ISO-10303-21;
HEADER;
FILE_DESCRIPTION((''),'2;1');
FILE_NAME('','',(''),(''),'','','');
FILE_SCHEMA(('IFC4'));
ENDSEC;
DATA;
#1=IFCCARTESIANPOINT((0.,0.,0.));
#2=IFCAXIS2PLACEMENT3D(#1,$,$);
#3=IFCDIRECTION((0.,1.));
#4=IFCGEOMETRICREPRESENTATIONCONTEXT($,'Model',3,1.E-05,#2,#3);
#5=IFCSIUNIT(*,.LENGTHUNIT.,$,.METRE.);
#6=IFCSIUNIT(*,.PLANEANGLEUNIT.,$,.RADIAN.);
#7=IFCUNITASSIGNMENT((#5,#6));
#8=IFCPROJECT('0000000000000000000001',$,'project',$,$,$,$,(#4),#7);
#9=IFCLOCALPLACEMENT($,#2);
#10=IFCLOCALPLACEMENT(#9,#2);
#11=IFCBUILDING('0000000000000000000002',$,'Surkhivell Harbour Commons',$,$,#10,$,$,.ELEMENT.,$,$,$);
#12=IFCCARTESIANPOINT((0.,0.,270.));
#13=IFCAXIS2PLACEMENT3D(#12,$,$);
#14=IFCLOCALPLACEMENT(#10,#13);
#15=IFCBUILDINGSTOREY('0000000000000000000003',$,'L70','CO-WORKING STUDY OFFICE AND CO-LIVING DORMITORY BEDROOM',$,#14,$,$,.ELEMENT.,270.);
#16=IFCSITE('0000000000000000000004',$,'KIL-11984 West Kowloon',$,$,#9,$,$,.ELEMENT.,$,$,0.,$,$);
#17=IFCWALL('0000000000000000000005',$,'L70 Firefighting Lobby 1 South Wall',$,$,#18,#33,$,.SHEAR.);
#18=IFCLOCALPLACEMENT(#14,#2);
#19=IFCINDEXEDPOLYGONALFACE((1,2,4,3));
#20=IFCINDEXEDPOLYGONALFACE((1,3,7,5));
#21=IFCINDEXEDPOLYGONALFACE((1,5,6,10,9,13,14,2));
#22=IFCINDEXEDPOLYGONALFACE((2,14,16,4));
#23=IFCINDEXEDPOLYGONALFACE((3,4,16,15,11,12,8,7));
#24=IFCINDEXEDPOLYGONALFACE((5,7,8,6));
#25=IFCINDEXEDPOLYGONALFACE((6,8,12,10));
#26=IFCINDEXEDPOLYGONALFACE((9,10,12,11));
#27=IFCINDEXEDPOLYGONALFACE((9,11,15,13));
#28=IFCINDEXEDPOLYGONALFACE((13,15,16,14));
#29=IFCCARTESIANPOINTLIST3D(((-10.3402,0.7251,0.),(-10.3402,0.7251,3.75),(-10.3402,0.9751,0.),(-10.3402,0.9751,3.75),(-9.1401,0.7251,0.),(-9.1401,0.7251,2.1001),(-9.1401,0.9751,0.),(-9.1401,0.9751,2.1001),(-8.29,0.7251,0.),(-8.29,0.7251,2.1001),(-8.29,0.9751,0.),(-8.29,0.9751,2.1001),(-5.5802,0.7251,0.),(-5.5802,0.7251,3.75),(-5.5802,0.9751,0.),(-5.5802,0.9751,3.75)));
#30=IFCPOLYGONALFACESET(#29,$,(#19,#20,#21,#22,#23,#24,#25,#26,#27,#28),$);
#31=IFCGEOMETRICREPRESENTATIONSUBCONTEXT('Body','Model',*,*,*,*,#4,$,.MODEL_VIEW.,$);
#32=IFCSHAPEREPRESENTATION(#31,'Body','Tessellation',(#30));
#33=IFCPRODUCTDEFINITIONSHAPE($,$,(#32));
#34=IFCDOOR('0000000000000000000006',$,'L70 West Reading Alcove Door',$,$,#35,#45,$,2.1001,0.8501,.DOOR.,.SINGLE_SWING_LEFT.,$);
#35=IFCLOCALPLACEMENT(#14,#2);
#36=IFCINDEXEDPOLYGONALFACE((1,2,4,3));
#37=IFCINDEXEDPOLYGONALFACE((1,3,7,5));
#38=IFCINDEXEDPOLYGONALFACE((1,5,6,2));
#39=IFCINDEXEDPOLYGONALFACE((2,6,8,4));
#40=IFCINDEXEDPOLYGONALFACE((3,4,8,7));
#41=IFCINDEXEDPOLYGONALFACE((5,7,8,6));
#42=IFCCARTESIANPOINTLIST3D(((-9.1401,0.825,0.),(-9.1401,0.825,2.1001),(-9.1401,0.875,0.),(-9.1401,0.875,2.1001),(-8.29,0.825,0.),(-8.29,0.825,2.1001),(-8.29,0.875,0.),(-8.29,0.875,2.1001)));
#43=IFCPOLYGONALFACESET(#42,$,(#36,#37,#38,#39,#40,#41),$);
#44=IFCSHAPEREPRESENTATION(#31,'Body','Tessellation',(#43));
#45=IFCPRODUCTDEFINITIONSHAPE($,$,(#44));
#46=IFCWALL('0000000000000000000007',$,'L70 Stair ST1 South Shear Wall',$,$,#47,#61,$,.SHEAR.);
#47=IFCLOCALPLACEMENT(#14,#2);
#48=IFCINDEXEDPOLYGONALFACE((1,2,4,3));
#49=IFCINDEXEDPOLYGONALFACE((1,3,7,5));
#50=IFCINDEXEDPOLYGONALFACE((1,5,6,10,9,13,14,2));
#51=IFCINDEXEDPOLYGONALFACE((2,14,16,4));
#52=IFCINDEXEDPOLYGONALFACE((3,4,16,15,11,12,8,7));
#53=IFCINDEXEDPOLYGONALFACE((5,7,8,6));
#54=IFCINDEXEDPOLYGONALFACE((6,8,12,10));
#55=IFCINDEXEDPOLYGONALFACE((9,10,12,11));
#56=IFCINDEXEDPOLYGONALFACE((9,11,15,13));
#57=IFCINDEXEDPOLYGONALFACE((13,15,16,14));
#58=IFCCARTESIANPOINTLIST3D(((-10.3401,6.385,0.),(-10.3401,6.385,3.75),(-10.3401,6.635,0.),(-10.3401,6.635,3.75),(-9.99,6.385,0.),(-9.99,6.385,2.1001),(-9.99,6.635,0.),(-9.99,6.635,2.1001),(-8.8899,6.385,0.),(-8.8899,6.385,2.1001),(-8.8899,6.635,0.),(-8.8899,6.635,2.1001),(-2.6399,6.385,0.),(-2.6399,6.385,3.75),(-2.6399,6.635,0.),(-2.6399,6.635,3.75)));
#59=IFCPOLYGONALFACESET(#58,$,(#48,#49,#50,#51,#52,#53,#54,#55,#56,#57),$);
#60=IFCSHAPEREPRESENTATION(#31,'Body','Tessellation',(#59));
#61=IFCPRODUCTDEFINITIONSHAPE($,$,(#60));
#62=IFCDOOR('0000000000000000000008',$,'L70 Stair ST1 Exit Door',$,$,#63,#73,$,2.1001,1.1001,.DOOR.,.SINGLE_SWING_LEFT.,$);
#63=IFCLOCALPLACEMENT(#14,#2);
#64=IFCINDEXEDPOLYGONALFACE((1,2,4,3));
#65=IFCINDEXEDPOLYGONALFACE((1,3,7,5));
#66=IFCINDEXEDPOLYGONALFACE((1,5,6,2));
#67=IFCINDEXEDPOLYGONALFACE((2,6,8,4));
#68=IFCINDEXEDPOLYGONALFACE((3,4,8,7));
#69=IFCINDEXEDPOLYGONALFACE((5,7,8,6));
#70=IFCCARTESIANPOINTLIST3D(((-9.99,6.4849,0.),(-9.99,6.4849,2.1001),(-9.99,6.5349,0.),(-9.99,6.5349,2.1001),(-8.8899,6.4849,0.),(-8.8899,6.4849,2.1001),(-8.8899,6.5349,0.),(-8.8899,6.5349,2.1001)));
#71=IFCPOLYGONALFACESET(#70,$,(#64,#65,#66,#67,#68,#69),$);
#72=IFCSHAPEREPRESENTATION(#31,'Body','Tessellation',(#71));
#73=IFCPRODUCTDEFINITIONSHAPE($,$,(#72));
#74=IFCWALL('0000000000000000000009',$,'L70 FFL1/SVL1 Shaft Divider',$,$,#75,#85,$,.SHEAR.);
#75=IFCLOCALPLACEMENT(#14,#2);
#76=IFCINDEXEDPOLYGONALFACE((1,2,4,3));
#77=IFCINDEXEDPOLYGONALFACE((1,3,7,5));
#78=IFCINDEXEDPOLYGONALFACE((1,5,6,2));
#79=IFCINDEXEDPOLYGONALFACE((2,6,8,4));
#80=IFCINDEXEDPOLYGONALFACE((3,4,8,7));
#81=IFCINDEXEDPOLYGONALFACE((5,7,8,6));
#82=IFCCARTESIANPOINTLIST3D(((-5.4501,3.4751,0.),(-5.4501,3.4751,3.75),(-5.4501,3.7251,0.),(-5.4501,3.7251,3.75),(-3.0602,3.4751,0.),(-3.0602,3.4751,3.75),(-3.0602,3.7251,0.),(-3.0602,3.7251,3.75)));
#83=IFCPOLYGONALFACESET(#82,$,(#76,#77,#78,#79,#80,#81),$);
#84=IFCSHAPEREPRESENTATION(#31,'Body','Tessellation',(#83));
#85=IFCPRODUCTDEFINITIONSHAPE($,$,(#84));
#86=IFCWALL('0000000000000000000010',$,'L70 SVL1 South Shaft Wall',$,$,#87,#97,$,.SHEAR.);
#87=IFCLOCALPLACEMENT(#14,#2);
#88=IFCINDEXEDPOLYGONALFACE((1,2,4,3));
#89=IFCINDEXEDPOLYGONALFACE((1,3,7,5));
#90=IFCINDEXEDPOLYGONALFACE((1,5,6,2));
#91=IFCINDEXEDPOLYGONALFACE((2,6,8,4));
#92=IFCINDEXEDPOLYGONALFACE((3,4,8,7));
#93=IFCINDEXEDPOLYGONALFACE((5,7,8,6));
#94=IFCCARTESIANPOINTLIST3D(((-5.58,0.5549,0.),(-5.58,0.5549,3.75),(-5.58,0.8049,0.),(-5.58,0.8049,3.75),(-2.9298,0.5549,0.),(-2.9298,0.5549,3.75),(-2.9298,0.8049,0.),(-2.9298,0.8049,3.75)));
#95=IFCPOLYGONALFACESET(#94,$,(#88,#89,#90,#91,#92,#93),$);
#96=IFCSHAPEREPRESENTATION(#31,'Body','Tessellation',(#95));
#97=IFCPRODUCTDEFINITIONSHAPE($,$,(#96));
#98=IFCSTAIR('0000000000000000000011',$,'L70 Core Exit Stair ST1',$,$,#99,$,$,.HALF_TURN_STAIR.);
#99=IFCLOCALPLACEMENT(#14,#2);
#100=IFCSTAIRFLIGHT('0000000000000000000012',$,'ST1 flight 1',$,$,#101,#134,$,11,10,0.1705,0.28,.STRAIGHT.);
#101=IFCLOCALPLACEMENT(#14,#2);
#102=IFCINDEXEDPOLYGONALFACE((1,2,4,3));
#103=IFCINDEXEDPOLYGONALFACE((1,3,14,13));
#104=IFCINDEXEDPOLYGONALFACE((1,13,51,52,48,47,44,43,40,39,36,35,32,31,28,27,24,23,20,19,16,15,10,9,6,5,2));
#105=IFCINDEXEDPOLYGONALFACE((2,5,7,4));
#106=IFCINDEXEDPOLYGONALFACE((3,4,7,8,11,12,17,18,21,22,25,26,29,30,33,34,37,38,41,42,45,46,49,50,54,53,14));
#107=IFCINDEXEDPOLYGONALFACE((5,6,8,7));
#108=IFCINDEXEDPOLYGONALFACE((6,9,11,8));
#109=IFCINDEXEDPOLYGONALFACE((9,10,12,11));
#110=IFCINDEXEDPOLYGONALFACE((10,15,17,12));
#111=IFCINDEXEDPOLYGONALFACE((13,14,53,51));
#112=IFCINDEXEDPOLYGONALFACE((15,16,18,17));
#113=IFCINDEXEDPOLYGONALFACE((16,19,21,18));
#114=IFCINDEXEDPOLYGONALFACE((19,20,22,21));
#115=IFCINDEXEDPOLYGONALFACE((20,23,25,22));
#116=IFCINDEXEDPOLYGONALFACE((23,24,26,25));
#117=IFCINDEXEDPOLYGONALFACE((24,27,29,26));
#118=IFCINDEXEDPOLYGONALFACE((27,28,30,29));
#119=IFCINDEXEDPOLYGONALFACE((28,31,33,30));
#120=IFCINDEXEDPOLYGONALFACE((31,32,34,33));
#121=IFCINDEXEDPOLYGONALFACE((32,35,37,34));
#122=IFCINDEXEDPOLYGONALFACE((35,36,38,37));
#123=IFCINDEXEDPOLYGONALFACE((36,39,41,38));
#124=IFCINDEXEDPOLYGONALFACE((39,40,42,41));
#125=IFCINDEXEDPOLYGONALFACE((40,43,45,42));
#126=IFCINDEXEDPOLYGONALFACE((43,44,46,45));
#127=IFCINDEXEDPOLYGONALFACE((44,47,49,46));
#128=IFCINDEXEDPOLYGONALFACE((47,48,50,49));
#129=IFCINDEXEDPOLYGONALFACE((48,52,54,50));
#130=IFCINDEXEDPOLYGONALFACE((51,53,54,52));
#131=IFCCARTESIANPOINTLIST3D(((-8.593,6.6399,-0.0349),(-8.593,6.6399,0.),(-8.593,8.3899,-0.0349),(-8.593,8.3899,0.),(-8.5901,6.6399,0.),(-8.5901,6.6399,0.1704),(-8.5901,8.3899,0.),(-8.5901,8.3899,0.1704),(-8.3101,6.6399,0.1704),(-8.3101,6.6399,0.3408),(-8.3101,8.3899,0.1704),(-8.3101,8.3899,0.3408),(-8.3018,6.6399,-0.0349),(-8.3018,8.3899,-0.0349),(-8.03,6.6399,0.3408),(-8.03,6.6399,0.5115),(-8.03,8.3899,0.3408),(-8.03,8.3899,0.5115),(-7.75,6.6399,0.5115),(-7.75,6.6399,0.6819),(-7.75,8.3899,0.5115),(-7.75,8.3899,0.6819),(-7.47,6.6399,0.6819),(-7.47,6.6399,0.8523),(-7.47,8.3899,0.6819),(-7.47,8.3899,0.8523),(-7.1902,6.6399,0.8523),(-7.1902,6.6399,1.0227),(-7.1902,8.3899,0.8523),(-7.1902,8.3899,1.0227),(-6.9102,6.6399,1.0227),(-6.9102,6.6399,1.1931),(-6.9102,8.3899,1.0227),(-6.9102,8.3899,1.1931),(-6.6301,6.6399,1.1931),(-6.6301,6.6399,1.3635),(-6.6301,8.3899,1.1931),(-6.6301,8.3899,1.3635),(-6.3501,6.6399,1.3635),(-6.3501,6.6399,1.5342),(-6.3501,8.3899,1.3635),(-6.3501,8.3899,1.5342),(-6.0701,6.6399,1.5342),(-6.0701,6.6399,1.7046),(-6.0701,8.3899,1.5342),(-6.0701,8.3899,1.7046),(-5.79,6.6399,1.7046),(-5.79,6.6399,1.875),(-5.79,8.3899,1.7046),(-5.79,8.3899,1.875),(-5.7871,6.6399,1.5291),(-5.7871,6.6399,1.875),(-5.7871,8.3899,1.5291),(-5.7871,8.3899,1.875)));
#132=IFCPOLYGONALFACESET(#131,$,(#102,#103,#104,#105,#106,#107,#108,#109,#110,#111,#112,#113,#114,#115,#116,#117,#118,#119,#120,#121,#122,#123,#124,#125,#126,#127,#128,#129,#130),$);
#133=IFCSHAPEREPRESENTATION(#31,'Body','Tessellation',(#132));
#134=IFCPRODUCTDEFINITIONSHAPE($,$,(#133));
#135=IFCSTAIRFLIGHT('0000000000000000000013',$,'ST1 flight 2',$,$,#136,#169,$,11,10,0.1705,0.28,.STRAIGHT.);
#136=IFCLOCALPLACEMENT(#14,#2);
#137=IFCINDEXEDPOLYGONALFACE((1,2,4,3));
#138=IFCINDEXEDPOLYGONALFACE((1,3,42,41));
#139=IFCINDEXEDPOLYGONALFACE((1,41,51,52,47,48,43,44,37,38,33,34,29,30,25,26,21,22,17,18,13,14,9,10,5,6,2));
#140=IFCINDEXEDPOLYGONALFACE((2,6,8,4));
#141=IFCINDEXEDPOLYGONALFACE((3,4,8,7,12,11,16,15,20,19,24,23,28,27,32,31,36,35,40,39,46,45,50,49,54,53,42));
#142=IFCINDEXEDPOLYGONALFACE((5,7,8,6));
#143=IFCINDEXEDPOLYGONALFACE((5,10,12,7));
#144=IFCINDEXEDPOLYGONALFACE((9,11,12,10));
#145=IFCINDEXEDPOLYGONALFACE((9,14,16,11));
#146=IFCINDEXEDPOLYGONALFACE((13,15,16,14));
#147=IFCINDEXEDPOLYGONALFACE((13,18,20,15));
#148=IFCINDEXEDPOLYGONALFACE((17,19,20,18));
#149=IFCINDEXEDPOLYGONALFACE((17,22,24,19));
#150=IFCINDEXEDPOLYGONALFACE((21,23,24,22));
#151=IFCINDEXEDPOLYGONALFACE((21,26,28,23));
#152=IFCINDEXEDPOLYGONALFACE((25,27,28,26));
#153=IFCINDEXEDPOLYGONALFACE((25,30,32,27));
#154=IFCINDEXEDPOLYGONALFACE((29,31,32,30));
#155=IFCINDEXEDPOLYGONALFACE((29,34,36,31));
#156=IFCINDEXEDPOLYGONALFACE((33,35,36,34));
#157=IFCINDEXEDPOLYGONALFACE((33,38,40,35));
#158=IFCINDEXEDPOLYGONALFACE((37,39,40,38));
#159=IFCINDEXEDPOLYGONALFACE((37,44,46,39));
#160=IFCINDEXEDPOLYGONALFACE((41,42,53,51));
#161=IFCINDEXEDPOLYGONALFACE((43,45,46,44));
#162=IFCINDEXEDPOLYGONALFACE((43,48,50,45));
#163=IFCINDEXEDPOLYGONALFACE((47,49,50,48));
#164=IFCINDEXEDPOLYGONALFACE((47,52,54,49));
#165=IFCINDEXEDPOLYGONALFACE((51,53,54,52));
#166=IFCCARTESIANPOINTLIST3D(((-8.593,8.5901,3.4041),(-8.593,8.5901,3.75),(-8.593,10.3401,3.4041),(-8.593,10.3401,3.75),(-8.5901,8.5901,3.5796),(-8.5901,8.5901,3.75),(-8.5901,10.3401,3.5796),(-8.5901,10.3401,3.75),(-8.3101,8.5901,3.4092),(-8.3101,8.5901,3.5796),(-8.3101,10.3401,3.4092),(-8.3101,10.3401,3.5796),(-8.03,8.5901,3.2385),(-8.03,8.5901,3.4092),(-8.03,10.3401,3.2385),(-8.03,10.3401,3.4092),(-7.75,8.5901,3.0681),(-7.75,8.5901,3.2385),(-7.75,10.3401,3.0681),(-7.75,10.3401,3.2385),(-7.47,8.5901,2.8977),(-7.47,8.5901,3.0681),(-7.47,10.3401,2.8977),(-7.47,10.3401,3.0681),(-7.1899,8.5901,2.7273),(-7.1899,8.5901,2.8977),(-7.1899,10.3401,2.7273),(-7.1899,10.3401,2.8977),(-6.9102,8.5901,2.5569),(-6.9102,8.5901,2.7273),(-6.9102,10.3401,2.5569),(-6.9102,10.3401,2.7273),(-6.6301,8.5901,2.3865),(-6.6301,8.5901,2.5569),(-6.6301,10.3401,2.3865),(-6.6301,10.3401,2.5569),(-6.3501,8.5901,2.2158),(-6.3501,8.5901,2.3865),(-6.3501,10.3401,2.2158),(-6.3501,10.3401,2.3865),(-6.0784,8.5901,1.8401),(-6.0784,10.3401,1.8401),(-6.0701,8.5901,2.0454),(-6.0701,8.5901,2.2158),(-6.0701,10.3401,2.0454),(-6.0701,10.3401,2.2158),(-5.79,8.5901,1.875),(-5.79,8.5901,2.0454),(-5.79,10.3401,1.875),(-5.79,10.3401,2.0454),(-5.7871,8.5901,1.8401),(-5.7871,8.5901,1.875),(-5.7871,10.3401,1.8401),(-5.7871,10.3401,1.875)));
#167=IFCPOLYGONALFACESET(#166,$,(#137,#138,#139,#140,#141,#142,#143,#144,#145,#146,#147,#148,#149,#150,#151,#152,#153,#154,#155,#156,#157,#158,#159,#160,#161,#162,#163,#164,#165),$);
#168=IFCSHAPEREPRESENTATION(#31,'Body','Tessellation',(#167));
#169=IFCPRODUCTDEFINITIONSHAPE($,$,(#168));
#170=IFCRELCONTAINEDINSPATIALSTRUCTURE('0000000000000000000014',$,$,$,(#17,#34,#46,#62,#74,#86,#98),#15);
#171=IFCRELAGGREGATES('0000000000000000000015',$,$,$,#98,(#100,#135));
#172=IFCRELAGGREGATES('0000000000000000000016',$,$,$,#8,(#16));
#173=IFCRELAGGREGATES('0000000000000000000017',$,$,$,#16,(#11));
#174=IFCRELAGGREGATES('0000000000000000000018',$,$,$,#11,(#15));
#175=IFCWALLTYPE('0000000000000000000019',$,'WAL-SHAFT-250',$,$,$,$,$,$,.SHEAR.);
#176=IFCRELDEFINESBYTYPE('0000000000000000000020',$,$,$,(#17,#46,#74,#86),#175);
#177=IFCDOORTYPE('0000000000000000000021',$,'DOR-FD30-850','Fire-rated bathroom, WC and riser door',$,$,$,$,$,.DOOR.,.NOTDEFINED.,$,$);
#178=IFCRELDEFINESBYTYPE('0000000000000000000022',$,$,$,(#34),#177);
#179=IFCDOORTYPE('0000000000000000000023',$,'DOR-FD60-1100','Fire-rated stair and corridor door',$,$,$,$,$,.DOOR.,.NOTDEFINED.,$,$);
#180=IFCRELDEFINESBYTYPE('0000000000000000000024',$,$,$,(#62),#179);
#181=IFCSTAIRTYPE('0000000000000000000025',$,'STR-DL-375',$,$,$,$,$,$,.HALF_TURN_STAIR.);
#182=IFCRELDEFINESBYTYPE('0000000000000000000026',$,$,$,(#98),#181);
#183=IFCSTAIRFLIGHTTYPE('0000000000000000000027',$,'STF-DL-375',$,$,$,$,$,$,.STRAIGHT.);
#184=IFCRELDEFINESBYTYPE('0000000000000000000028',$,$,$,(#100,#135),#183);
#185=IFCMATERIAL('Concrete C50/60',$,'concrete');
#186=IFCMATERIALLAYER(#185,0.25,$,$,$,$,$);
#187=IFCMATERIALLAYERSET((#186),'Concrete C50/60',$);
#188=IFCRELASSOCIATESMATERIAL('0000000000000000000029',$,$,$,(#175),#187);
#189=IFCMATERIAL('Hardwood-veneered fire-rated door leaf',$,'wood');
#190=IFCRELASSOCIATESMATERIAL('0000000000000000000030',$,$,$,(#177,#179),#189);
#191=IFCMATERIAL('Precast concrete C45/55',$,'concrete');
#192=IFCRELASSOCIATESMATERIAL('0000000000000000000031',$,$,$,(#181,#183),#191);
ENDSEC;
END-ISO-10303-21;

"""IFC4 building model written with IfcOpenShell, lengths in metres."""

from ifc_helpers import new_model, si_unit, direction, frame, frame_2d, origin, place, context, subcontext, project, spatial, polyline, rectangle, outline, extrude, material, layer, layer_set, type_object, element, fill, aggregate, save


model = new_model("IFC4")

# Units and contexts
model_context = context("Model", 3, precision=1e-05, world=origin(), true_north=direction((0.0, 1.0)))
body_context = subcontext(model_context, "Body", "Model", "MODEL_VIEW")
ifc_project = project(units=[si_unit("LENGTHUNIT", "METRE"), si_unit("PLANEANGLEUNIT", "RADIAN")], contexts=[model_context])

# Site, building, storey
site_placement = place(None, origin())
site = spatial("IfcSite", under=ifc_project, at=site_placement, Name="KIL-11984 West Kowloon", CompositionType="ELEMENT", RefElevation=0.0)
building_placement = place(site_placement, origin())
building = spatial("IfcBuilding", under=site, at=building_placement, Name="Surkhivell Harbour Commons", CompositionType="ELEMENT")
storey_placement = place(building_placement, frame((0.0, 0.0, 270.0)))
storey = spatial("IfcBuildingStorey", under=building, at=storey_placement, Name="L70", Description="CO-WORKING STUDY OFFICE AND CO-LIVING DORMITORY BEDROOM", CompositionType="ELEMENT", Elevation=270.0)

# Shared definitions
ifc_material_1 = material(Name="Concrete C50/60", Category="concrete")

# Shared definitions
ifc_material_2 = material(Name="Hardwood-veneered fire-rated door leaf", Category="wood")

# Walls, openings, doors
ifc_layer_1 = layer(ifc_material_1, 0.25)
ifc_layer_set_1 = layer_set([ifc_layer_1], Name="Concrete C50/60")
wall_type_1 = type_object("IfcWallType", Name="WAL-SHAFT-250", PredefinedType="SHEAR", material=ifc_layer_set_1)
wall_1_placement = place(storey_placement, frame((-10.3401, 0.8501, 0.0), z_axis=(0.0, 0.0, 1.0), x_axis=(1.0, 0.0, 0.0)))
wall_1 = element("IfcWall", 1, at=wall_1_placement, inside=storey, type_object=wall_type_1, Name="L70 Firefighting Lobby 1 South Wall", PredefinedType="SHEAR", context=body_context, shape_type="SweptSolid", body=[
    extrude(rectangle(XDim=4.76, YDim=0.25, at=frame_2d((2.3799, 0.0))), origin(), (0.0, 0.0, 1.0), 3.75),
])
opening_1_placement = place(wall_1_placement, frame((1.2, 0.0, 0.0)))
opening_1 = element("IfcOpeningElement", 2, at=opening_1_placement, cuts=wall_1, PredefinedType="OPENING", context=body_context, shape_type="SweptSolid", body=[
    extrude(rectangle(XDim=0.8501, YDim=2.1001, at=frame_2d((0.425, 1.05))), frame((0.0, 0.135, 0.0), z_axis=(0.0, -1.0, 0.0), x_axis=(1.0, 0.0, 0.0)), (0.0, 0.0, 1.0), 0.27),
])
door_type_1 = type_object("IfcDoorType", Name="DOR-FD30-850", Description="Fire-rated bathroom, WC and riser door", OperationType="NOTDEFINED", PredefinedType="DOOR", material=ifc_material_2)
door_1_placement = place(opening_1_placement, origin())
door_1 = element("IfcDoor", 3, at=door_1_placement, inside=storey, type_object=door_type_1, Name="L70 West Reading Alcove Door", OperationType="SINGLE_SWING_LEFT", OverallHeight=2.1001, OverallWidth=0.8501, PredefinedType="DOOR", context=body_context, shape_type="SweptSolid", body=[
    extrude(rectangle(XDim=0.8501, YDim=2.1001, at=frame_2d((0.425, 1.05))), frame((0.0, 0.0249, 0.0), z_axis=(0.0, -1.0, 0.0), x_axis=(1.0, 0.0, 0.0)), (0.0, 0.0, 1.0), 0.05),
])
fill(opening_1, door_1)
wall_2_placement = place(storey_placement, frame((-10.3401, 6.51, 0.0), z_axis=(0.0, 0.0, 1.0), x_axis=(1.0, 0.0, 0.0)))
wall_2 = element("IfcWall", 4, at=wall_2_placement, inside=storey, type_object=wall_type_1, Name="L70 Stair ST1 South Shear Wall", PredefinedType="SHEAR", context=body_context, shape_type="SweptSolid", body=[
    extrude(rectangle(XDim=7.7002, YDim=0.25, at=frame_2d((3.8501, 0.0))), origin(), (0.0, 0.0, 1.0), 3.75),
])
opening_2_placement = place(wall_2_placement, frame((0.3501, 0.0, 0.0)))
opening_2 = element("IfcOpeningElement", 5, at=opening_2_placement, cuts=wall_2, PredefinedType="OPENING", context=body_context, shape_type="SweptSolid", body=[
    extrude(rectangle(XDim=1.1001, YDim=2.1001, at=frame_2d((0.55, 1.05))), frame((0.0, 0.135, 0.0), z_axis=(0.0, -1.0, 0.0), x_axis=(1.0, 0.0, 0.0)), (0.0, 0.0, 1.0), 0.27),
])
door_type_2 = type_object("IfcDoorType", Name="DOR-FD60-1100", Description="Fire-rated stair and corridor door", OperationType="NOTDEFINED", PredefinedType="DOOR", material=ifc_material_2)
door_2_placement = place(opening_2_placement, origin())
door_2 = element("IfcDoor", 6, at=door_2_placement, inside=storey, type_object=door_type_2, Name="L70 Stair ST1 Exit Door", OperationType="SINGLE_SWING_LEFT", OverallHeight=2.1001, OverallWidth=1.1001, PredefinedType="DOOR", context=body_context, shape_type="SweptSolid", body=[
    extrude(rectangle(XDim=1.1001, YDim=2.1001, at=frame_2d((0.55, 1.05))), frame((0.0, 0.0249, 0.0), z_axis=(0.0, -1.0, 0.0), x_axis=(1.0, 0.0, 0.0)), (0.0, 0.0, 1.0), 0.05),
])
fill(opening_2, door_2)

# Walls
wall_3_placement = place(storey_placement, frame((-5.45, 3.6001, 0.0), z_axis=(0.0, 0.0, 1.0), x_axis=(1.0, 0.0, 0.0)))
element("IfcWall", 7, at=wall_3_placement, inside=storey, type_object=wall_type_1, Name="L70 FFL1/SVL1 Shaft Divider", PredefinedType="SHEAR", context=body_context, shape_type="SweptSolid", body=[
    extrude(rectangle(XDim=2.3899, YDim=0.25, at=frame_2d((1.1948, 0.0))), origin(), (0.0, 0.0, 1.0), 3.75),
])
wall_4_placement = place(storey_placement, frame((-5.5801, 0.6799, 0.0), z_axis=(0.0, 0.0, 1.0), x_axis=(1.0, 0.0, 0.0)))
element("IfcWall", 8, at=wall_4_placement, inside=storey, type_object=wall_type_1, Name="L70 SVL1 South Shaft Wall", PredefinedType="SHEAR", context=body_context, shape_type="SweptSolid", body=[
    extrude(rectangle(XDim=2.6501, YDim=0.25, at=frame_2d((1.3252, 0.0))), origin(), (0.0, 0.0, 1.0), 3.75),
])

# Stair, stair flights
ifc_material_3 = material(Name="Precast concrete C45/55", Category="concrete")
stair_type = type_object("IfcStairType", Name="STR-DL-375", PredefinedType="HALF_TURN_STAIR", material=ifc_material_3)
stair_placement = place(storey_placement, origin())
stair = element("IfcStair", 9, at=stair_placement, inside=storey, type_object=stair_type, Name="L70 Core Exit Stair ST1", PredefinedType="HALF_TURN_STAIR")
stair_flight_type = type_object("IfcStairFlightType", Name="STF-DL-375", PredefinedType="STRAIGHT", material=ifc_material_3)
stair_flight_1_placement = place(storey_placement, frame((-8.5901, 7.5149, 0.0), z_axis=(0.0, 0.0, 1.0), x_axis=(1.0, 0.0, 0.0)))
stair_flight_1 = element("IfcStairFlight", 10, at=stair_flight_1_placement, type_object=stair_flight_type, Name="ST1 flight 1", NumberOfRisers=11, NumberOfTreads=10, PredefinedType="STRAIGHT", RiserHeight=0.1705, TreadLength=0.28, context=body_context, shape_type="SweptSolid", body=[
    extrude(outline(polyline([(-0.0029, -0.0349), (-0.0029, 0.0), (0.0, 0.0), (0.0, 0.1704), (0.28, 0.1704), (0.28, 0.3408), (0.5601, 0.3408), (0.5601, 0.5115), (0.8401, 0.5115), (0.8401, 0.6819), (1.1201, 0.6819), (1.1201, 0.8523), (1.3999, 0.8523), (1.3999, 1.0227), (1.6799, 1.0227), (1.6799, 1.1931), (1.96, 1.1931), (1.96, 1.3635), (2.24, 1.3635), (2.24, 1.5342), (2.52, 1.5342), (2.52, 1.7046), (2.8, 1.7046), (2.8, 1.875), (2.803, 1.875), (2.803, 1.5291), (0.2883, -0.0349), (-0.0029, -0.0349)])), frame((0.0, 0.875, 0.0), z_axis=(0.0, -1.0, 0.0), x_axis=(1.0, 0.0, 0.0)), (0.0, 0.0, 1.0), 1.75),
])
stair_flight_2_placement = place(storey_placement, frame((-5.79, 9.4651, 1.875), z_axis=(0.0, 0.0, 1.0), x_axis=(-1.0, 0.0, 0.0)))
stair_flight_2 = element("IfcStairFlight", 11, at=stair_flight_2_placement, type_object=stair_flight_type, Name="ST1 flight 2", NumberOfRisers=11, NumberOfTreads=10, PredefinedType="STRAIGHT", RiserHeight=0.1705, TreadLength=0.28, context=body_context, shape_type="SweptSolid", body=[
    extrude(outline(polyline([(-0.0029, -0.0349), (-0.0029, 0.0), (0.0, 0.0), (0.0, 0.1704), (0.28, 0.1704), (0.28, 0.3408), (0.5601, 0.3408), (0.5601, 0.5115), (0.8401, 0.5115), (0.8401, 0.6819), (1.1201, 0.6819), (1.1201, 0.8523), (1.3999, 0.8523), (1.3999, 1.0227), (1.6799, 1.0227), (1.6799, 1.1931), (1.96, 1.1931), (1.96, 1.3635), (2.24, 1.3635), (2.24, 1.5342), (2.52, 1.5342), (2.52, 1.7046), (2.8, 1.7046), (2.8, 1.875), (2.803, 1.875), (2.803, 1.5291), (0.2883, -0.0349), (-0.0029, -0.0349)])), frame((0.0, 0.875, 0.0), z_axis=(0.0, -1.0, 0.0), x_axis=(1.0, 0.0, 0.0)), (0.0, 0.0, 1.0), 1.75),
])
aggregate(stair, [stair_flight_1, stair_flight_2])

save(model, "model.ifc")
